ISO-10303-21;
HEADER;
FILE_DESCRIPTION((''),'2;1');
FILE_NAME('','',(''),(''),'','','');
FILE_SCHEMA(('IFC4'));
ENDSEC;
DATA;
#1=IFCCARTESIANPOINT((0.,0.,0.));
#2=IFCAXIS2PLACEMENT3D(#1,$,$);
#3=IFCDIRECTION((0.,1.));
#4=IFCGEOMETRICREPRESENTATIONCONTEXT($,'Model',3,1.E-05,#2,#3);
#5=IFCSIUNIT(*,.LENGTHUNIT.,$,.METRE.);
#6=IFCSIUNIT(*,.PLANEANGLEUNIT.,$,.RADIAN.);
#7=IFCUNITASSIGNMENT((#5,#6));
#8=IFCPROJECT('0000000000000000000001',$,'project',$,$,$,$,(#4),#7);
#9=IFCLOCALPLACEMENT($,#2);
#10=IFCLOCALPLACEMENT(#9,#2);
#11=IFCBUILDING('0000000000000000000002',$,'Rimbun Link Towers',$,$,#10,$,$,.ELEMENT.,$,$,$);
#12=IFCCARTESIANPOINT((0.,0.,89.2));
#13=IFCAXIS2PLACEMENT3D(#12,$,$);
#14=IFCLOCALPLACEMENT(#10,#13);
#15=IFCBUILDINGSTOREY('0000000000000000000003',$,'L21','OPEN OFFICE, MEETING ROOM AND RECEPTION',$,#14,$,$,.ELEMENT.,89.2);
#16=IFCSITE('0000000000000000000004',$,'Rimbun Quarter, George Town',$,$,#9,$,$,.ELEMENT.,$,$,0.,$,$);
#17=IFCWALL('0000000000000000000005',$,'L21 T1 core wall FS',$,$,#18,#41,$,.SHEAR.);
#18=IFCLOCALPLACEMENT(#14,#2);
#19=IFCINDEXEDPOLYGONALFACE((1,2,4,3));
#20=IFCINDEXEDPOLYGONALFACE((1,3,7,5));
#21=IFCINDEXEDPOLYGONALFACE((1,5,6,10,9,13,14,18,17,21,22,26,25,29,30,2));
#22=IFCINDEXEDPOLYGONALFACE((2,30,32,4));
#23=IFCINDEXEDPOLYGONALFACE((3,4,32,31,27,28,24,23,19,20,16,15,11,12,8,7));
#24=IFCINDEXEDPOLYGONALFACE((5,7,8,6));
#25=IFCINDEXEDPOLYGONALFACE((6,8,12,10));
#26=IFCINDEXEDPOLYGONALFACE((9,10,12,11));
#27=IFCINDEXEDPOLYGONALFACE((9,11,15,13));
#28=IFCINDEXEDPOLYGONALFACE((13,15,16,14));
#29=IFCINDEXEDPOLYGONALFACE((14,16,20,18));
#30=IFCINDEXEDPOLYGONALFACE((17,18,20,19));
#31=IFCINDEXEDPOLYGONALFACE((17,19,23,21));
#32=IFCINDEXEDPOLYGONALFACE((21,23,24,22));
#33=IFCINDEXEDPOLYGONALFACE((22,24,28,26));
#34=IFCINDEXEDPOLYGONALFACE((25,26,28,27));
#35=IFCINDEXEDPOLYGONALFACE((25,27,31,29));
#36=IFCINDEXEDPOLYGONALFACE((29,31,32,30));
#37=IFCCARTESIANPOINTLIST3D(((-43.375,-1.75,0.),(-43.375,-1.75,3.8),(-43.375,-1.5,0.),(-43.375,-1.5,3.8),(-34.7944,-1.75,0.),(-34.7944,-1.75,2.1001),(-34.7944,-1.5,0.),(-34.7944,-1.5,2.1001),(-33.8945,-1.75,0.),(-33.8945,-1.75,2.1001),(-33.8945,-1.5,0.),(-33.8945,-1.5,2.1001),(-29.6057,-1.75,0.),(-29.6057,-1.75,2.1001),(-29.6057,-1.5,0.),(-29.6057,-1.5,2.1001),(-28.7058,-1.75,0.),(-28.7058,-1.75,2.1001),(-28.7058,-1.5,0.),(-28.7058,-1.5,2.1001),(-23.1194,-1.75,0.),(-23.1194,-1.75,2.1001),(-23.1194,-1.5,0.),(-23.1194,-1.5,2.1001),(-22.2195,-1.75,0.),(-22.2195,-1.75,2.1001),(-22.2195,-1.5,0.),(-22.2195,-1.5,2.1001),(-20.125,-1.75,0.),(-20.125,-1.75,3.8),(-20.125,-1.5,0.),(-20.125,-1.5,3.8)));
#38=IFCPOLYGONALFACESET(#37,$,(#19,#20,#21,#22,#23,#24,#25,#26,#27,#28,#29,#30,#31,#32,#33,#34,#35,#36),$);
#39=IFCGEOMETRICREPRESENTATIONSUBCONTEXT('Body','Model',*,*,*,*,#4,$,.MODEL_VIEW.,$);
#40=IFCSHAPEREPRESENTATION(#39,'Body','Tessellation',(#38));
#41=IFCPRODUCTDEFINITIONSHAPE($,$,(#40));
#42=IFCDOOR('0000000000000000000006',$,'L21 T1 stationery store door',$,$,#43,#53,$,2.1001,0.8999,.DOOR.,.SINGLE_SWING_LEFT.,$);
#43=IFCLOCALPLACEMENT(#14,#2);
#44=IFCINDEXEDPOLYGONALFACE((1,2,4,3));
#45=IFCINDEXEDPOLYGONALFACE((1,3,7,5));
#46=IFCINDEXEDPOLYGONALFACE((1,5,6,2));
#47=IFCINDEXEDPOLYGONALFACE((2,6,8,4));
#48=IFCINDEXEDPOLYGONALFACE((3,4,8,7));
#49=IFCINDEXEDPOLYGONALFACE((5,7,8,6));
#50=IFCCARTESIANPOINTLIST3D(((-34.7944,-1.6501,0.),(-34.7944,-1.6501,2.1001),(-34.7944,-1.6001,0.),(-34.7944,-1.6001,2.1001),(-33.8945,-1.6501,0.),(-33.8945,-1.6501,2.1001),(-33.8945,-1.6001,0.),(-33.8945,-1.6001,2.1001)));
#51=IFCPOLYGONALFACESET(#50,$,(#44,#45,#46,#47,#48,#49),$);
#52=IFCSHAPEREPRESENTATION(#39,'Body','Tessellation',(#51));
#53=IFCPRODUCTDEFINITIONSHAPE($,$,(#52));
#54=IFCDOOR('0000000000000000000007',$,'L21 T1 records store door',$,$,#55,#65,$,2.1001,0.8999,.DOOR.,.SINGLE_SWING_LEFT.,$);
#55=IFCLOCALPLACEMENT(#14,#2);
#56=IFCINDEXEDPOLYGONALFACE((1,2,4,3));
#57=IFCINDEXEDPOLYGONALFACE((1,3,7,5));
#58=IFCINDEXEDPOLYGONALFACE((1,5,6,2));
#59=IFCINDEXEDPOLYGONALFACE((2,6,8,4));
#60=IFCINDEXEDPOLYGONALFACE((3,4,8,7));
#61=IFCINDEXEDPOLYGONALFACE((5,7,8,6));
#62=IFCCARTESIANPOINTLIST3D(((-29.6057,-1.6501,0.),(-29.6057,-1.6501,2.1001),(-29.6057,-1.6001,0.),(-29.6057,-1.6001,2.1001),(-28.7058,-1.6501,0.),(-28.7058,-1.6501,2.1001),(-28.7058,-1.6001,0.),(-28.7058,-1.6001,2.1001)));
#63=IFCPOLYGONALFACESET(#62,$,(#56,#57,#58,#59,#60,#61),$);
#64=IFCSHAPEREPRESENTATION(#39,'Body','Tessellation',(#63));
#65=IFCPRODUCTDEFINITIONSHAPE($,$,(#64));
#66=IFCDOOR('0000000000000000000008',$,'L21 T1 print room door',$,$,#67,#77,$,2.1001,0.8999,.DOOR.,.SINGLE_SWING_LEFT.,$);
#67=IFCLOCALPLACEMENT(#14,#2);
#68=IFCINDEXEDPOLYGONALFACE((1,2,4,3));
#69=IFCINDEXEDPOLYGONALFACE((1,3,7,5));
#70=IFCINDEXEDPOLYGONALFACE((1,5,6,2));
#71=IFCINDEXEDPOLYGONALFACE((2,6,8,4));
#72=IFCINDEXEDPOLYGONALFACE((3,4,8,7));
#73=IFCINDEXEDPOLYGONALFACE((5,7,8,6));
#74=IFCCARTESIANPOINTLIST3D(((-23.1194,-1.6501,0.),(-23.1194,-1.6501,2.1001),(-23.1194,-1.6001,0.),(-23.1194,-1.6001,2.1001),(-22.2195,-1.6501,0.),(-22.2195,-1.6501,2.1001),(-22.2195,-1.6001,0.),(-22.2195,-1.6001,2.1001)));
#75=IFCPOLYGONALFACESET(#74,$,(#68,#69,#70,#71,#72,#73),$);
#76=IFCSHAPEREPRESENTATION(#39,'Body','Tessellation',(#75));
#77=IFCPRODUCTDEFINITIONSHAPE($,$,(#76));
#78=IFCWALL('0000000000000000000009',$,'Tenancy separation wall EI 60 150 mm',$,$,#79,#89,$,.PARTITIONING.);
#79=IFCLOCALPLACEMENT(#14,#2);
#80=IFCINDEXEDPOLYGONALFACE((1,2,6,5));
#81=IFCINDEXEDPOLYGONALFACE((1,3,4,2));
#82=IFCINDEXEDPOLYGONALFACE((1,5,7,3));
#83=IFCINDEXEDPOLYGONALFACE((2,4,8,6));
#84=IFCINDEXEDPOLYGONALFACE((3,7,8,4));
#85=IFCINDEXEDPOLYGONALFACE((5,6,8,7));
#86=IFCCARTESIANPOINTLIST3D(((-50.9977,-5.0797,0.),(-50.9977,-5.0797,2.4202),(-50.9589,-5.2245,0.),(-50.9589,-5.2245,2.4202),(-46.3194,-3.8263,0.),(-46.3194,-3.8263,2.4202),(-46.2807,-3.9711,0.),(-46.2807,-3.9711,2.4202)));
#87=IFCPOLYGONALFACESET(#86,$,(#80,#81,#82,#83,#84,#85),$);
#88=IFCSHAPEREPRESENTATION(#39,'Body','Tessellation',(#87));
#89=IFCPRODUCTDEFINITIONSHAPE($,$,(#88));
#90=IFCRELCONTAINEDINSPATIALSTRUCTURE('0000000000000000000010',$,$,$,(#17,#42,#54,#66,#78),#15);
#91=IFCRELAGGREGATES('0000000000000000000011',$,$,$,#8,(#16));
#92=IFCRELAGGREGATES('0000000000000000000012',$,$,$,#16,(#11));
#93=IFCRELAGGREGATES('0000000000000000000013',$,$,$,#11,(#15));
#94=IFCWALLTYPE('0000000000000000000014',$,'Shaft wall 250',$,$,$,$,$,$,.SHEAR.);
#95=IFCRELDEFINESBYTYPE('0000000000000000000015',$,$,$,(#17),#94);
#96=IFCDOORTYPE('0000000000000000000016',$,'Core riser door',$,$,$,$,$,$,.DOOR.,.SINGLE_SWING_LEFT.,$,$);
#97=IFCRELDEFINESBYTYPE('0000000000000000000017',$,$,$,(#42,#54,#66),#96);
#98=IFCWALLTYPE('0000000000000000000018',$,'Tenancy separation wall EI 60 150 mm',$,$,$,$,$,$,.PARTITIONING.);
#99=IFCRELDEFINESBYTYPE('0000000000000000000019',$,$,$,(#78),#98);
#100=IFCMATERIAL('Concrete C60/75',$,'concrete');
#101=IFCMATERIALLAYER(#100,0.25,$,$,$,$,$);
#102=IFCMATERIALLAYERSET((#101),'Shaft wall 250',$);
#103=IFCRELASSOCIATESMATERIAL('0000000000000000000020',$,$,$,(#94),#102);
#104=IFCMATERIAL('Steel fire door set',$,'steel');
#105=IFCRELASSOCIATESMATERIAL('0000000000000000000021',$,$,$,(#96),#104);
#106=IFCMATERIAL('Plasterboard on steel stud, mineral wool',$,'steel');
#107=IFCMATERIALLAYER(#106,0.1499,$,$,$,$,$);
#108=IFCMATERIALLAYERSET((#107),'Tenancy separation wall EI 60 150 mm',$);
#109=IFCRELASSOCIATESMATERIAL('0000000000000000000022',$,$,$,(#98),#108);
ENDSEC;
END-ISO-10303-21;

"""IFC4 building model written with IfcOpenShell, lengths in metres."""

from ifc_helpers import new_model, si_unit, direction, frame, frame_2d, origin, place, context, subcontext, project, spatial, rectangle, extrude, material, layer, layer_set, type_object, element, fill, save


model = new_model("IFC4")

# Units and contexts
model_context = context("Model", 3, precision=1e-05, world=origin(), true_north=direction((0.0, 1.0)))
body_context = subcontext(model_context, "Body", "Model", "MODEL_VIEW")
ifc_project = project(units=[si_unit("LENGTHUNIT", "METRE"), si_unit("PLANEANGLEUNIT", "RADIAN")], contexts=[model_context])

# Site, building, storey
site_placement = place(None, origin())
site = spatial("IfcSite", under=ifc_project, at=site_placement, Name="Rimbun Quarter, George Town", CompositionType="ELEMENT", RefElevation=0.0)
building_placement = place(site_placement, origin())
building = spatial("IfcBuilding", under=site, at=building_placement, Name="Rimbun Link Towers", CompositionType="ELEMENT")
storey_placement = place(building_placement, frame((0.0, 0.0, 89.2)))
storey = spatial("IfcBuildingStorey", under=building, at=storey_placement, Name="L21", Description="OPEN OFFICE, MEETING ROOM AND RECEPTION", CompositionType="ELEMENT", Elevation=89.2)

# Shared definitions
ifc_material_1 = material(Name="Concrete C60/75", Category="concrete")
ifc_layer_1 = layer(ifc_material_1, 0.25)
ifc_layer_set_1 = layer_set([ifc_layer_1], Name="Shaft wall 250")
wall_type_1 = type_object("IfcWallType", Name="Shaft wall 250", PredefinedType="SHEAR", material=ifc_layer_set_1)

# Wall, openings, doors
wall_1_placement = place(storey_placement, frame((-43.375, -1.625, 0.0), z_axis=(0.0, 0.0, 1.0), x_axis=(1.0, 0.0, 0.0)))
wall_1 = element("IfcWall", 1, at=wall_1_placement, inside=storey, type_object=wall_type_1, Name="L21 T1 core wall FS", PredefinedType="SHEAR", context=body_context, shape_type="SweptSolid", body=[
    extrude(rectangle(XDim=23.25, YDim=0.25, at=frame_2d((11.625, 0.0))), origin(), (0.0, 0.0, 1.0), 3.8),
])
opening_1_placement = place(wall_1_placement, frame((8.5806, 0.0, 0.0)))
opening_1 = element("IfcOpeningElement", 2, at=opening_1_placement, cuts=wall_1, PredefinedType="OPENING", context=body_context, shape_type="SweptSolid", body=[
    extrude(rectangle(XDim=0.8999, YDim=2.1001, at=frame_2d((0.45, 1.05))), frame((0.0, 0.135, 0.0), z_axis=(0.0, -1.0, 0.0), x_axis=(1.0, 0.0, 0.0)), (0.0, 0.0, 1.0), 0.27),
])
opening_2_placement = place(wall_1_placement, frame((13.7693, 0.0, 0.0)))
opening_2 = element("IfcOpeningElement", 3, at=opening_2_placement, cuts=wall_1, PredefinedType="OPENING", context=body_context, shape_type="SweptSolid", body=[
    extrude(rectangle(XDim=0.8999, YDim=2.1001, at=frame_2d((0.45, 1.05))), frame((0.0, 0.135, 0.0), z_axis=(0.0, -1.0, 0.0), x_axis=(1.0, 0.0, 0.0)), (0.0, 0.0, 1.0), 0.27),
])
opening_3_placement = place(wall_1_placement, frame((20.2556, 0.0, 0.0)))
opening_3 = element("IfcOpeningElement", 4, at=opening_3_placement, cuts=wall_1, PredefinedType="OPENING", context=body_context, shape_type="SweptSolid", body=[
    extrude(rectangle(XDim=0.8999, YDim=2.1001, at=frame_2d((0.45, 1.05))), frame((0.0, 0.135, 0.0), z_axis=(0.0, -1.0, 0.0), x_axis=(1.0, 0.0, 0.0)), (0.0, 0.0, 1.0), 0.27),
])
ifc_material_2 = material(Name="Steel fire door set", Category="steel")
door_type_1 = type_object("IfcDoorType", Name="Core riser door", OperationType="SINGLE_SWING_LEFT", PredefinedType="DOOR", material=ifc_material_2)
door_1_placement = place(opening_1_placement, origin())
door_1 = element("IfcDoor", 5, at=door_1_placement, inside=storey, type_object=door_type_1, Name="L21 T1 stationery store door", OperationType="SINGLE_SWING_LEFT", OverallHeight=2.1001, OverallWidth=0.8999, PredefinedType="DOOR", context=body_context, shape_type="SweptSolid", body=[
    extrude(rectangle(XDim=0.8999, YDim=2.1001, at=frame_2d((0.45, 1.05))), frame((0.0, 0.0249, 0.0), z_axis=(0.0, -1.0, 0.0), x_axis=(1.0, 0.0, 0.0)), (0.0, 0.0, 1.0), 0.05),
])
fill(opening_1, door_1)
door_2_placement = place(opening_2_placement, origin())
door_2 = element("IfcDoor", 6, at=door_2_placement, inside=storey, type_object=door_type_1, Name="L21 T1 records store door", OperationType="SINGLE_SWING_LEFT", OverallHeight=2.1001, OverallWidth=0.8999, PredefinedType="DOOR", context=body_context, shape_type="SweptSolid", body=[
    extrude(rectangle(XDim=0.8999, YDim=2.1001, at=frame_2d((0.45, 1.05))), frame((0.0, 0.0249, 0.0), z_axis=(0.0, -1.0, 0.0), x_axis=(1.0, 0.0, 0.0)), (0.0, 0.0, 1.0), 0.05),
])
fill(opening_2, door_2)
door_3_placement = place(opening_3_placement, origin())
door_3 = element("IfcDoor", 7, at=door_3_placement, inside=storey, type_object=door_type_1, Name="L21 T1 print room door", OperationType="SINGLE_SWING_LEFT", OverallHeight=2.1001, OverallWidth=0.8999, PredefinedType="DOOR", context=body_context, shape_type="SweptSolid", body=[
    extrude(rectangle(XDim=0.8999, YDim=2.1001, at=frame_2d((0.45, 1.05))), frame((0.0, 0.0249, 0.0), z_axis=(0.0, -1.0, 0.0), x_axis=(1.0, 0.0, 0.0)), (0.0, 0.0, 1.0), 0.05),
])
fill(opening_3, door_3)

# Wall
ifc_material_3 = material(Name="Plasterboard on steel stud, mineral wool", Category="steel")
ifc_layer_2 = layer(ifc_material_3, 0.1499)
ifc_layer_set_2 = layer_set([ifc_layer_2], Name="Tenancy separation wall EI 60 150 mm")
wall_type_2 = type_object("IfcWallType", Name="Tenancy separation wall EI 60 150 mm", PredefinedType="PARTITIONING", material=ifc_layer_set_2)
wall_2_placement = place(storey_placement, frame((-46.3, -3.8987, 0.0), z_axis=(0.0, 0.0, 1.0), x_axis=(-0.965931, -0.258798, 0.0)))
element("IfcWall", 8, at=wall_2_placement, inside=storey, type_object=wall_type_2, Name="Tenancy separation wall EI 60 150 mm", PredefinedType="PARTITIONING", context=body_context, shape_type="SweptSolid", body=[
    extrude(rectangle(XDim=4.8433, YDim=0.1499, at=frame_2d((2.4216, 0.0))), origin(), (0.0, 0.0, 1.0), 2.4202),
])

save(model, "model.ifc")
